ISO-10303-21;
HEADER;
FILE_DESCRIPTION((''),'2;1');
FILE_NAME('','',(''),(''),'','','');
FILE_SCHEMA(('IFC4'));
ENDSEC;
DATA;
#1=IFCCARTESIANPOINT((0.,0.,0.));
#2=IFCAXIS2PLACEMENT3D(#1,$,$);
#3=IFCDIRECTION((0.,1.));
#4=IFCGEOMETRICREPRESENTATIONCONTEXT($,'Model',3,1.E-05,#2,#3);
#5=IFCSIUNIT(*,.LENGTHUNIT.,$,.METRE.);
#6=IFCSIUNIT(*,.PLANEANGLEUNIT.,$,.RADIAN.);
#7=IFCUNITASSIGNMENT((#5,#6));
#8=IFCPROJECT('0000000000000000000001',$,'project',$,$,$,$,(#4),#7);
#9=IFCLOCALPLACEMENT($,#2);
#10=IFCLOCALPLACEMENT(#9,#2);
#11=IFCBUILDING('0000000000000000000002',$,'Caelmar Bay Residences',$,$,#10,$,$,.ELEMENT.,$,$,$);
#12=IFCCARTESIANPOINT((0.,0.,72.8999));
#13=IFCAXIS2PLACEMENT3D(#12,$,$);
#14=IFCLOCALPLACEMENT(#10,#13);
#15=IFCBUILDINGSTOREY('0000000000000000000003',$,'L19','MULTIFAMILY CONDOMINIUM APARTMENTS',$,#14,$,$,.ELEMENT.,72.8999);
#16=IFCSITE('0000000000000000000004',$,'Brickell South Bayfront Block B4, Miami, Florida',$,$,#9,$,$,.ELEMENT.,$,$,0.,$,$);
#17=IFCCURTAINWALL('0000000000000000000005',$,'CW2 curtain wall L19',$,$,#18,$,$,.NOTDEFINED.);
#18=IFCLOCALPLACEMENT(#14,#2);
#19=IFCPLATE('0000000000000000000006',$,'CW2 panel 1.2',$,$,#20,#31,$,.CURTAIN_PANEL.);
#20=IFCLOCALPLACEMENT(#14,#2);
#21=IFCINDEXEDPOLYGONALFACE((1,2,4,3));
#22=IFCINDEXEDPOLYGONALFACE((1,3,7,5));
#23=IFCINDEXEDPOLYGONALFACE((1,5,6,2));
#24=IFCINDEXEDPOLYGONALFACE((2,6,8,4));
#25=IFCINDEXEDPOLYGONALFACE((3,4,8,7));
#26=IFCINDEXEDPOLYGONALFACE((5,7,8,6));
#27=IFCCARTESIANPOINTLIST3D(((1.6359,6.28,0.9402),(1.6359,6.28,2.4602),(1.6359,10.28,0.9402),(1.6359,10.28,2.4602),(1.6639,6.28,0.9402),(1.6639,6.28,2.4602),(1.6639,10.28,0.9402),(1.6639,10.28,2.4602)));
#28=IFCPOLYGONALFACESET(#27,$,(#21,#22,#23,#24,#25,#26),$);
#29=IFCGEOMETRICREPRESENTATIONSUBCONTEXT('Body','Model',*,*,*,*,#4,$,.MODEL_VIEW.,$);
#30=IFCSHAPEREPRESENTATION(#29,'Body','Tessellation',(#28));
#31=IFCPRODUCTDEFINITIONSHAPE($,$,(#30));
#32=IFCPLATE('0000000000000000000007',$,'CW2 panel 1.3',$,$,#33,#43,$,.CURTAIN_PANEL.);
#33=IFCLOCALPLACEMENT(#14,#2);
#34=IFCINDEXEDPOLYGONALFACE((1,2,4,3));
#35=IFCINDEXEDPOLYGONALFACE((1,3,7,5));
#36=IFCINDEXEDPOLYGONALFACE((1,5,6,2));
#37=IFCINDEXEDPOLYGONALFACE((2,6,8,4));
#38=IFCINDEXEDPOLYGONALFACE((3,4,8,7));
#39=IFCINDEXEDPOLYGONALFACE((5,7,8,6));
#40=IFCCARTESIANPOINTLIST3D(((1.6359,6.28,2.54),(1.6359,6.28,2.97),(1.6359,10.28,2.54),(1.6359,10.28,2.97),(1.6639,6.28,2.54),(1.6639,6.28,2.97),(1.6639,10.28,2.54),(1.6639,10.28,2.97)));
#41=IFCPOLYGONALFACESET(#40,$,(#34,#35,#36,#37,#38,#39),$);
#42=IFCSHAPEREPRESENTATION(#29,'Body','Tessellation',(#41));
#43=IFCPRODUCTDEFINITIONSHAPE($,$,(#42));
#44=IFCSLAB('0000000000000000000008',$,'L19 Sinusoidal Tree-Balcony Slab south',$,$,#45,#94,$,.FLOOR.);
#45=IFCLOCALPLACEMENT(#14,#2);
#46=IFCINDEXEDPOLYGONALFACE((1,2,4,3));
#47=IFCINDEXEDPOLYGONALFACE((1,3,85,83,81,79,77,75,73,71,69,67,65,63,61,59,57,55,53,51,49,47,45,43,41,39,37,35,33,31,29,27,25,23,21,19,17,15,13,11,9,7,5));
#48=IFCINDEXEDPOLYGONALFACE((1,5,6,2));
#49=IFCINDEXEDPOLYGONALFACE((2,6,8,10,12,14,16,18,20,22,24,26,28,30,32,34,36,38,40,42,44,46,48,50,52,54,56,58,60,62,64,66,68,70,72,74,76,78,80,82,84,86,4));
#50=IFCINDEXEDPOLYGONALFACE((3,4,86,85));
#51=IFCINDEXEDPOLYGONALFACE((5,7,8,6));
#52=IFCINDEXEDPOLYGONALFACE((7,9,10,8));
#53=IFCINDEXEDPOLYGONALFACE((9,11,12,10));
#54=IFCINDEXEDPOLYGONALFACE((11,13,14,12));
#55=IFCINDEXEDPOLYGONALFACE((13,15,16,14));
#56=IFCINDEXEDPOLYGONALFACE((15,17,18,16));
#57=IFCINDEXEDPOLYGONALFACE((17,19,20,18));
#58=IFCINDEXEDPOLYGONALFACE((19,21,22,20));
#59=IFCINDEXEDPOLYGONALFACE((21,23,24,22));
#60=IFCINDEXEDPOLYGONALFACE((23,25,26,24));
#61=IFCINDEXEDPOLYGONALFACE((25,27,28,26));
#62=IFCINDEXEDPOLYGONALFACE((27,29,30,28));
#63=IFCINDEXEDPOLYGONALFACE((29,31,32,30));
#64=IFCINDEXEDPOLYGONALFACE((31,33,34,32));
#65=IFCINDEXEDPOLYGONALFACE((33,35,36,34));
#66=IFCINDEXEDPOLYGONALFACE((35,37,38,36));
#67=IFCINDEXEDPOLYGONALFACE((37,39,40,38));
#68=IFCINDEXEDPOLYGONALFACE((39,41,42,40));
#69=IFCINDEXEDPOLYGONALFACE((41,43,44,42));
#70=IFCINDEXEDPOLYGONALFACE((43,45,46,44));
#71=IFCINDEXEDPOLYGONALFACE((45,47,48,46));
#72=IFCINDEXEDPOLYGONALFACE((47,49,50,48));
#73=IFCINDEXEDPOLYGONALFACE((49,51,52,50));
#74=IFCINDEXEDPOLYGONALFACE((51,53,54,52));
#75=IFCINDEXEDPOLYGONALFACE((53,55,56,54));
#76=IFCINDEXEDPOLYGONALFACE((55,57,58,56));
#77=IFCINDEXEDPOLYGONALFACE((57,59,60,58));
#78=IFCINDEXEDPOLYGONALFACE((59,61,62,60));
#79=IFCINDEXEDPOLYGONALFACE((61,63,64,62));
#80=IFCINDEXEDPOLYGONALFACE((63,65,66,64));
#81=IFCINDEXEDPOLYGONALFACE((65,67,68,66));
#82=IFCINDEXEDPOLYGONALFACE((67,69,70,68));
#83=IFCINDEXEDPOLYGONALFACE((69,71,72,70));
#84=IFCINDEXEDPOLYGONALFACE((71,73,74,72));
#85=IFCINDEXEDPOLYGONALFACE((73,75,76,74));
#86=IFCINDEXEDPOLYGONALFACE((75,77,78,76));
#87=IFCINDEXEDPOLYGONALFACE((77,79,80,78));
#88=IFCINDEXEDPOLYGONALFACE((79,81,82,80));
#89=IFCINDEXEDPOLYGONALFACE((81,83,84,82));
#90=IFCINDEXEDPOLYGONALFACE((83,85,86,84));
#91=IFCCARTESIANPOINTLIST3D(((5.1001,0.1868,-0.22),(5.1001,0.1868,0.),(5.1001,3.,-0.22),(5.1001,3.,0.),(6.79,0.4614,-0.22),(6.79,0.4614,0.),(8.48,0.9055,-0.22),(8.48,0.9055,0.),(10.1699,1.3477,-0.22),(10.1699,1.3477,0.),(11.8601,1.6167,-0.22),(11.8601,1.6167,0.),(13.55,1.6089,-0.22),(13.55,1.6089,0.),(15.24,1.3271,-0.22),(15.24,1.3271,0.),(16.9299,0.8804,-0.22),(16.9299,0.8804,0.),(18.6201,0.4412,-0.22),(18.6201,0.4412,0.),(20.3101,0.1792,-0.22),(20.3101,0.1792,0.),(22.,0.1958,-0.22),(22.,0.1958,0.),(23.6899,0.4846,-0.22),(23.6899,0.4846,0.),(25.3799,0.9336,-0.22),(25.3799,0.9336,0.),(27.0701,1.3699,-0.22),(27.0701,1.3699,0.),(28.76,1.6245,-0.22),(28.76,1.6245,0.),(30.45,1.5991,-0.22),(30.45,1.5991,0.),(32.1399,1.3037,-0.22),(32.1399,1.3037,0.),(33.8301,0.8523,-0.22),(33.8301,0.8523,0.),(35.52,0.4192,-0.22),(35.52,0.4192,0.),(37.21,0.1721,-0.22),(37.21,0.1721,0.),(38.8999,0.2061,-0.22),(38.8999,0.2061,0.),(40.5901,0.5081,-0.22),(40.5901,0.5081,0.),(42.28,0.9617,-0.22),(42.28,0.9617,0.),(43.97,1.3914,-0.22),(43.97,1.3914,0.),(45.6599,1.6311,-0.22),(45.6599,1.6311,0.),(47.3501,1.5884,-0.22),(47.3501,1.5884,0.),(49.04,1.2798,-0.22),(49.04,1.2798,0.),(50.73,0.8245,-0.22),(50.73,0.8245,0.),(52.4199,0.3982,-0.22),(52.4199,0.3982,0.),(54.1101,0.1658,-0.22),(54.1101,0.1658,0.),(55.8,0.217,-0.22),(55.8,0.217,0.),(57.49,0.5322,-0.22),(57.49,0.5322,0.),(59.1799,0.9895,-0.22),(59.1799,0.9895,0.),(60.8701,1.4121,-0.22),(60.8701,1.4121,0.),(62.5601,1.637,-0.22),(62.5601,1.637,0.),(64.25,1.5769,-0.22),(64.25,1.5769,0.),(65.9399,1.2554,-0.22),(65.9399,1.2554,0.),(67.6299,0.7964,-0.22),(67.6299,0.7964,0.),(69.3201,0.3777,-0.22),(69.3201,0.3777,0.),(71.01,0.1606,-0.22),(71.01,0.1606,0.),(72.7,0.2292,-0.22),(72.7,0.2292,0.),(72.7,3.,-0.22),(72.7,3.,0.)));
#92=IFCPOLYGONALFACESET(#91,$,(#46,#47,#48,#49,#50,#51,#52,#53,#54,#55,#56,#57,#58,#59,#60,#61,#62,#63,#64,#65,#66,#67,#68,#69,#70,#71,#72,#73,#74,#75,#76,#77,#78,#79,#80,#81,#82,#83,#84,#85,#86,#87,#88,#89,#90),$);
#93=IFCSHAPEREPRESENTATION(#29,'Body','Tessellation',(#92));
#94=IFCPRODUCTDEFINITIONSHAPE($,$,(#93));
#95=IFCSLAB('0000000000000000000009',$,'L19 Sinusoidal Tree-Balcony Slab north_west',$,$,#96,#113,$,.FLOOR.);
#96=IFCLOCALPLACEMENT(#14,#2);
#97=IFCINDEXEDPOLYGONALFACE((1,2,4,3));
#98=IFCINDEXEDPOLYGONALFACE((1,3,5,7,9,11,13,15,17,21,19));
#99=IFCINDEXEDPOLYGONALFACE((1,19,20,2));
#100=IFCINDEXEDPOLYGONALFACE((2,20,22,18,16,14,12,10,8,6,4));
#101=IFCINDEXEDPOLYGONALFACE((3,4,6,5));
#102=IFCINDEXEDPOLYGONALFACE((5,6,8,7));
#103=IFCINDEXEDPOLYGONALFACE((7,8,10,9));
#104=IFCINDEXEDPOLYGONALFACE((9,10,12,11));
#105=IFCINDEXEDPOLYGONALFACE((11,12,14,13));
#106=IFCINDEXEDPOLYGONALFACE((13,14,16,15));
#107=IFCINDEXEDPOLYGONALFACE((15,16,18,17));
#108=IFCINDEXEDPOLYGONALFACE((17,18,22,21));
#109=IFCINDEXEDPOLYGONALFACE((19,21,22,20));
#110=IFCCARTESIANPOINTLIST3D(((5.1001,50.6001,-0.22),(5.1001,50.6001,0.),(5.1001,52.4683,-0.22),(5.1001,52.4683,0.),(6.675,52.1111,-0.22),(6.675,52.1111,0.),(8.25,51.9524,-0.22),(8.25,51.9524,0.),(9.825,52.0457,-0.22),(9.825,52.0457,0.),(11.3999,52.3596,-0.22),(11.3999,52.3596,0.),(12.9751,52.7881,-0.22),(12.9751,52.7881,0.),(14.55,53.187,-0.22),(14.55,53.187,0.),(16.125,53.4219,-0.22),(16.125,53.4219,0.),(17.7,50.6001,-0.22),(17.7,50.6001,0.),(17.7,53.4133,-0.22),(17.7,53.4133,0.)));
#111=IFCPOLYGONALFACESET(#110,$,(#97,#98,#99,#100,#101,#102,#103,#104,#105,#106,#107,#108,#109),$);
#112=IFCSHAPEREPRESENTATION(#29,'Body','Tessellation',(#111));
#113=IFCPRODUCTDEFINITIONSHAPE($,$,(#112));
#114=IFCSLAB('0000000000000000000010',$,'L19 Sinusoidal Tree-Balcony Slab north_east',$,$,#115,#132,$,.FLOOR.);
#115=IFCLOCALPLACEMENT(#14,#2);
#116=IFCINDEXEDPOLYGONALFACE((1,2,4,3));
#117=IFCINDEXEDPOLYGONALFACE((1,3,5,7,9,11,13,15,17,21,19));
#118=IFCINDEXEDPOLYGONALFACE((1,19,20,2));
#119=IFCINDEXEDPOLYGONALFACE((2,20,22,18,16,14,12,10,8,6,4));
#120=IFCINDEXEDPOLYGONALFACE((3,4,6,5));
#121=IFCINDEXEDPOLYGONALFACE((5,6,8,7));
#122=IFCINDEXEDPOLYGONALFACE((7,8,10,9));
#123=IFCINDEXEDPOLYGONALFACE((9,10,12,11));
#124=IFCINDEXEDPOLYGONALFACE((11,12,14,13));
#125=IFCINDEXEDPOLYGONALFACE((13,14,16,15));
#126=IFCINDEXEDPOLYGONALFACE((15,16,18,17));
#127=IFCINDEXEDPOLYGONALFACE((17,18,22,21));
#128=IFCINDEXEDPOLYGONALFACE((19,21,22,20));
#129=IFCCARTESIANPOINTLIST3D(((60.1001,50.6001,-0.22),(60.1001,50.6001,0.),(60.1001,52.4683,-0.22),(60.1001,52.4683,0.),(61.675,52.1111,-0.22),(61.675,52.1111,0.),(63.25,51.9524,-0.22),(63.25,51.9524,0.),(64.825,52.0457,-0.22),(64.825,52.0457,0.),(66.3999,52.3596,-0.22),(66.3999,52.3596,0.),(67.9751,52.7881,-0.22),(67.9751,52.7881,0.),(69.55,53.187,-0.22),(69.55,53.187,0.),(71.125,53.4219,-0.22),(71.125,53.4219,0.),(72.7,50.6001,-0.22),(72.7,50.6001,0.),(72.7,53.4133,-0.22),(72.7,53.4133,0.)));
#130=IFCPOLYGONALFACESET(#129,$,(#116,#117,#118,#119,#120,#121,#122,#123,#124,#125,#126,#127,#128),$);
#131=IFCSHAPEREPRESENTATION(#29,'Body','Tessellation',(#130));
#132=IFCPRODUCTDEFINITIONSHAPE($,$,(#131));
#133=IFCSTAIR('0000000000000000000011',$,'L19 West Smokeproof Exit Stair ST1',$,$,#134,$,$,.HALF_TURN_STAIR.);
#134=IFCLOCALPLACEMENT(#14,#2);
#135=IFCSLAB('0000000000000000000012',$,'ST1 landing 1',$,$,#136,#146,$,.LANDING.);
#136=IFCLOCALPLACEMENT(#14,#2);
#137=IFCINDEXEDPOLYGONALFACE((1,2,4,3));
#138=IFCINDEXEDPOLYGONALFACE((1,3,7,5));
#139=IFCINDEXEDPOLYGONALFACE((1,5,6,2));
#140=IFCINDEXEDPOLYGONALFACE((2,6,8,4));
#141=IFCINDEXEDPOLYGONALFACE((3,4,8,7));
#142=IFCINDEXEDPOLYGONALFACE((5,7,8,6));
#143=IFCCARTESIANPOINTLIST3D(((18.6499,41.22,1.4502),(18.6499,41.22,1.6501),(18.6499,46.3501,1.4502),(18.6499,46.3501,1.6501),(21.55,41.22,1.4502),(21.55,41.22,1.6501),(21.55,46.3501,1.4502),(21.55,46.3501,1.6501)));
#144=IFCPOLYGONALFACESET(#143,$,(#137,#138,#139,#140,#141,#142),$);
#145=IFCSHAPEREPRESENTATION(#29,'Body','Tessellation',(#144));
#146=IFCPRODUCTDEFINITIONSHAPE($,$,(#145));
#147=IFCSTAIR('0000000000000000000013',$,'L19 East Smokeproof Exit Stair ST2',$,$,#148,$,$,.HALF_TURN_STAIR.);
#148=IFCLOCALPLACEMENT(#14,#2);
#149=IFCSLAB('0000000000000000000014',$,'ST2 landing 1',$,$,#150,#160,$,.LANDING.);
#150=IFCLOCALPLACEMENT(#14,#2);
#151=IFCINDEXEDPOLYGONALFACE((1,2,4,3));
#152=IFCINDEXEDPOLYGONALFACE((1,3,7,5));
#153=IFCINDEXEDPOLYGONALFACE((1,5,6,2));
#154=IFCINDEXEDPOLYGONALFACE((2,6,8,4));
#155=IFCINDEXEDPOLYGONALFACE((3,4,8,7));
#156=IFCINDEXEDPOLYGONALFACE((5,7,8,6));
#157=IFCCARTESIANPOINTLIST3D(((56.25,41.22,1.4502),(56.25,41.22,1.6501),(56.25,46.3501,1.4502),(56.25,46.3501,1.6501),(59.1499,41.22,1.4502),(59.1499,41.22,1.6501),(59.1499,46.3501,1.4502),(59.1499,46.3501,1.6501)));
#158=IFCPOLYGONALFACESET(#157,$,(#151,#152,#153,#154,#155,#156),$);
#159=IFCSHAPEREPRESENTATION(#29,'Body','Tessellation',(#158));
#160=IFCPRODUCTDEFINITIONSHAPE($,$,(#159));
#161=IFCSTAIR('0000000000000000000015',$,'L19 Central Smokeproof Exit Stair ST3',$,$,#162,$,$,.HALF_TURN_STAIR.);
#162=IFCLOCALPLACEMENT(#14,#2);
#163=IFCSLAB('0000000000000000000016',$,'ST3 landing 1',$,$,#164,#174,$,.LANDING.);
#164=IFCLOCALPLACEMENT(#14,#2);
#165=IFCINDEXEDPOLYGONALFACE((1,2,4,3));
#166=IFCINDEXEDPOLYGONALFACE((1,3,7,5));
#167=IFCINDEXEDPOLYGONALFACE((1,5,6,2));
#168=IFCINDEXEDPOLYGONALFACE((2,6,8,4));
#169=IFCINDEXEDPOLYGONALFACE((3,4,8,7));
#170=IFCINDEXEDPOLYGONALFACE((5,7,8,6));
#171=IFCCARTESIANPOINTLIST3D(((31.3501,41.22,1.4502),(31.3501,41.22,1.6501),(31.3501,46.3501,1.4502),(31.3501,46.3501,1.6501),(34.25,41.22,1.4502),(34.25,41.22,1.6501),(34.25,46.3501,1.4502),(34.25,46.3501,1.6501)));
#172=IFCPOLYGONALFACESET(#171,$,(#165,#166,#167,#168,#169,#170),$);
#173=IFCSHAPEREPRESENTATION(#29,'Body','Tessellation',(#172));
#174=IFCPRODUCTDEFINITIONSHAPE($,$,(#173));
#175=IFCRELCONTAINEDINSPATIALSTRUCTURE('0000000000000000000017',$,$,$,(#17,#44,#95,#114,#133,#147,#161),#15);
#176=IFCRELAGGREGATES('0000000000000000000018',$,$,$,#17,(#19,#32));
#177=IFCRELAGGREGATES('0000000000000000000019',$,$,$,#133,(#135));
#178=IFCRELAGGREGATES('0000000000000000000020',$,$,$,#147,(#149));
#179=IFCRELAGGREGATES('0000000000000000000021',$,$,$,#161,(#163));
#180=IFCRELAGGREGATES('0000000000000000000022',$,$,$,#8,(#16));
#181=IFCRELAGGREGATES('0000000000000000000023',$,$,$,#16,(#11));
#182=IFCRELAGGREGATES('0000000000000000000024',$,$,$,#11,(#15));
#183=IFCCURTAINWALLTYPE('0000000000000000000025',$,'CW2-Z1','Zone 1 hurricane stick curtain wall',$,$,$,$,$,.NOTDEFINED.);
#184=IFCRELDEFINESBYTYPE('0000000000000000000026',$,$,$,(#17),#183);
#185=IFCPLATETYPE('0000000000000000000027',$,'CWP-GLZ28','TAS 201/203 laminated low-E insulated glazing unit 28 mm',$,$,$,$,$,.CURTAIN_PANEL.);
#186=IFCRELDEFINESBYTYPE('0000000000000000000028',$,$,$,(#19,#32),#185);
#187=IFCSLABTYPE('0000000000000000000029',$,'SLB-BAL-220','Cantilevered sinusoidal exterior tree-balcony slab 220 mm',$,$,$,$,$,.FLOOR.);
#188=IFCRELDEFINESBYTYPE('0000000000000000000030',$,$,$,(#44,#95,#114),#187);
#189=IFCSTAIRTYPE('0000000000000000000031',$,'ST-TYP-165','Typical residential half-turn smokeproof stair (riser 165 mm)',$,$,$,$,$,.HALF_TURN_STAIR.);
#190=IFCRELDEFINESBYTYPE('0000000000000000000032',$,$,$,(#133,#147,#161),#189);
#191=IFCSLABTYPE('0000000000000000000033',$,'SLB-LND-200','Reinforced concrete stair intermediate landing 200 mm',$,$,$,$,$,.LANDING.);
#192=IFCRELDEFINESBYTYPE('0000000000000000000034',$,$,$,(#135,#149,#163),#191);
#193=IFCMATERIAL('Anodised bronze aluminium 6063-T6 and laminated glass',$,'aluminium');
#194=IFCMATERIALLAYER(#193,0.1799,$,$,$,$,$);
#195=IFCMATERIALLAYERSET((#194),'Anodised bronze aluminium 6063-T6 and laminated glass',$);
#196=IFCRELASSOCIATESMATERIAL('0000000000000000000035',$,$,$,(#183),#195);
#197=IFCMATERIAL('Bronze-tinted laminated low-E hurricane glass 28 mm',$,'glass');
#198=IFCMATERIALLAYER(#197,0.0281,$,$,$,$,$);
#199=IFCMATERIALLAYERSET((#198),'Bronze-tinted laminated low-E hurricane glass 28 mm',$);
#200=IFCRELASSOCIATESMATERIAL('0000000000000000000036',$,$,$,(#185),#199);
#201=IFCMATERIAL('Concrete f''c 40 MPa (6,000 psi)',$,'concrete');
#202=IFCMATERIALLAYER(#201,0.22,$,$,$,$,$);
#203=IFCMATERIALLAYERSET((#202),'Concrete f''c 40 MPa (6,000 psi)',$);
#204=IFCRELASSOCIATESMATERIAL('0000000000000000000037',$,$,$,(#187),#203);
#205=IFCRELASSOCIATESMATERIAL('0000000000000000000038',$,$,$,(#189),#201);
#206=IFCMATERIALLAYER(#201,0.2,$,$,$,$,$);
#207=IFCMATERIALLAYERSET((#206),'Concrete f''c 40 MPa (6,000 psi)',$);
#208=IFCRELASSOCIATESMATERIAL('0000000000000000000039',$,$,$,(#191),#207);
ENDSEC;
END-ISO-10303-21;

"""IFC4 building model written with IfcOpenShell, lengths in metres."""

from ifc_helpers import new_model, si_unit, direction, frame, origin, origin_2d, place, context, subcontext, project, spatial, polyline, rectangle, outline, extrude, material, layer, layer_set, type_object, element, aggregate, save


model = new_model("IFC4")

# Units and contexts
model_context = context("Model", 3, precision=1e-05, world=origin(), true_north=direction((0.0, 1.0)))
body_context = subcontext(model_context, "Body", "Model", "MODEL_VIEW")
ifc_project = project(units=[si_unit("LENGTHUNIT", "METRE"), si_unit("PLANEANGLEUNIT", "RADIAN")], contexts=[model_context])

# Site, building, storey
site_placement = place(None, origin())
site = spatial("IfcSite", under=ifc_project, at=site_placement, Name="Brickell South Bayfront Block B4, Miami, Florida", CompositionType="ELEMENT", RefElevation=0.0)
building_placement = place(site_placement, origin())
building = spatial("IfcBuilding", under=site, at=building_placement, Name="Caelmar Bay Residences", CompositionType="ELEMENT")
storey_placement = place(building_placement, frame((0.0, 0.0, 72.8999)))
storey = spatial("IfcBuildingStorey", under=building, at=storey_placement, Name="L19", Description="MULTIFAMILY CONDOMINIUM APARTMENTS", CompositionType="ELEMENT", Elevation=72.8999)

# Shared definitions
ifc_material_1 = material(Name="Anodised bronze aluminium 6063-T6 and laminated glass", Category="aluminium")

# Curtain wall
ifc_layer_1 = layer(ifc_material_1, 0.1799)
ifc_layer_set_1 = layer_set([ifc_layer_1], Name="Anodised bronze aluminium 6063-T6 and laminated glass")
curtain_wall_type_1 = type_object("IfcCurtainWallType", Name="CW2-Z1", Description="Zone 1 hurricane stick curtain wall", PredefinedType="NOTDEFINED", material=ifc_layer_set_1)
curtain_wall_1_placement = place(storey_placement, origin())
curtain_wall_1 = element("IfcCurtainWall", 1, at=curtain_wall_1_placement, inside=storey, type_object=curtain_wall_type_1, Name="CW2 curtain wall L19", PredefinedType="NOTDEFINED")

# Plates
ifc_material_2 = material(Name="Bronze-tinted laminated low-E hurricane glass 28 mm", Category="glass")
ifc_layer_2 = layer(ifc_material_2, 0.0281)
ifc_layer_set_2 = layer_set([ifc_layer_2], Name="Bronze-tinted laminated low-E hurricane glass 28 mm")
plate_type = type_object("IfcPlateType", Name="CWP-GLZ28", Description="TAS 201/203 laminated low-E insulated glazing unit 28 mm", PredefinedType="CURTAIN_PANEL", material=ifc_layer_set_2)
plate_1_placement = place(storey_placement, frame((1.6499, 8.28, 0.9402), z_axis=(0.0, 0.0, 1.0), x_axis=(0.0, 1.0, 0.0)))
plate_1 = element("IfcPlate", 2, at=plate_1_placement, type_object=plate_type, Name="CW2 panel 1.2", PredefinedType="CURTAIN_PANEL", context=body_context, shape_type="SweptSolid", body=[
    extrude(rectangle(XDim=4.0, YDim=0.0281, at=origin_2d()), origin(), (0.0, 0.0, 1.0), 1.52),
])
plate_2_placement = place(storey_placement, frame((1.6499, 8.28, 2.54), z_axis=(0.0, 0.0, 1.0), x_axis=(0.0, 1.0, 0.0)))
plate_2 = element("IfcPlate", 3, at=plate_2_placement, type_object=plate_type, Name="CW2 panel 1.3", PredefinedType="CURTAIN_PANEL", context=body_context, shape_type="SweptSolid", body=[
    extrude(rectangle(XDim=4.0, YDim=0.0281, at=origin_2d()), origin(), (0.0, 0.0, 1.0), 0.4299),
])
aggregate(curtain_wall_1, [plate_1, plate_2])

# Slabs
ifc_material_3 = material(Name="Concrete f'c 40 MPa (6,000 psi)", Category="concrete")
ifc_layer_3 = layer(ifc_material_3, 0.22)
ifc_layer_set_3 = layer_set([ifc_layer_3], Name="Concrete f'c 40 MPa (6,000 psi)")
slab_type_1 = type_object("IfcSlabType", Name="SLB-BAL-220", Description="Cantilevered sinusoidal exterior tree-balcony slab 220 mm", PredefinedType="FLOOR", material=ifc_layer_set_3)
slab_1_placement = place(storey_placement, frame((0.0, 0.0, -0.22)))
element("IfcSlab", 4, at=slab_1_placement, inside=storey, type_object=slab_type_1, Name="L19 Sinusoidal Tree-Balcony Slab south", PredefinedType="FLOOR", context=body_context, shape_type="SweptSolid", body=[
    extrude(outline(polyline([(5.1001, 0.1868), (6.79, 0.4614), (8.48, 0.9055), (10.1699, 1.3477), (11.8601, 1.6167), (13.55, 1.6089), (15.24, 1.3271), (16.9299, 0.8804), (18.6201, 0.4412), (20.3101, 0.1792), (22.0, 0.1958), (23.6899, 0.4846), (25.3799, 0.9336), (27.0701, 1.3699), (28.76, 1.6245), (30.45, 1.5991), (32.1399, 1.3037), (33.8301, 0.8523), (35.52, 0.4192), (37.21, 0.1721), (38.8999, 0.2061), (40.5901, 0.5081), (42.28, 0.9617), (43.97, 1.3914), (45.6599, 1.6311), (47.3501, 1.5884), (49.04, 1.2798), (50.73, 0.8245), (52.4199, 0.3982), (54.1101, 0.1658), (55.8, 0.217), (57.49, 0.5322), (59.1799, 0.9895), (60.8701, 1.4121), (62.5601, 1.637), (64.25, 1.5769), (65.9399, 1.2554), (67.6299, 0.7964), (69.3201, 0.3777), (71.01, 0.1606), (72.7, 0.2292), (72.7, 3.0), (5.1001, 3.0), (5.1001, 0.1868)])), origin(), (0.0, 0.0, 1.0), 0.22),
])
slab_2_placement = place(storey_placement, frame((0.0, 0.0, -0.22)))
element("IfcSlab", 5, at=slab_2_placement, inside=storey, type_object=slab_type_1, Name="L19 Sinusoidal Tree-Balcony Slab north_west", PredefinedType="FLOOR", context=body_context, shape_type="SweptSolid", body=[
    extrude(outline(polyline([(5.1001, 50.6001), (17.7, 50.6001), (17.7, 53.4133), (16.125, 53.4219), (14.55, 53.187), (12.9751, 52.7881), (11.3999, 52.3596), (9.825, 52.0457), (8.25, 51.9524), (6.675, 52.1111), (5.1001, 52.4683), (5.1001, 50.6001)])), origin(), (0.0, 0.0, 1.0), 0.22),
])
slab_3_placement = place(storey_placement, frame((0.0, 0.0, -0.22)))
element("IfcSlab", 6, at=slab_3_placement, inside=storey, type_object=slab_type_1, Name="L19 Sinusoidal Tree-Balcony Slab north_east", PredefinedType="FLOOR", context=body_context, shape_type="SweptSolid", body=[
    extrude(outline(polyline([(60.1001, 50.6001), (72.7, 50.6001), (72.7, 53.4133), (71.125, 53.4219), (69.55, 53.187), (67.9751, 52.7881), (66.3999, 52.3596), (64.825, 52.0457), (63.25, 51.9524), (61.675, 52.1111), (60.1001, 52.4683), (60.1001, 50.6001)])), origin(), (0.0, 0.0, 1.0), 0.22),
])

# Stairs, slabs
stair_type = type_object("IfcStairType", Name="ST-TYP-165", Description="Typical residential half-turn smokeproof stair (riser 165 mm)", PredefinedType="HALF_TURN_STAIR", material=ifc_material_3)
stair_1_placement = place(storey_placement, origin())
stair_1 = element("IfcStair", 7, at=stair_1_placement, inside=storey, type_object=stair_type, Name="L19 West Smokeproof Exit Stair ST1", PredefinedType="HALF_TURN_STAIR")
ifc_layer_4 = layer(ifc_material_3, 0.2)
ifc_layer_set_4 = layer_set([ifc_layer_4], Name="Concrete f'c 40 MPa (6,000 psi)")
slab_type_2 = type_object("IfcSlabType", Name="SLB-LND-200", Description="Reinforced concrete stair intermediate landing 200 mm", PredefinedType="LANDING", material=ifc_layer_set_4)
slab_4_placement = place(storey_placement, frame((0.0, 0.0, 1.4502)))
slab_4 = element("IfcSlab", 8, at=slab_4_placement, type_object=slab_type_2, Name="ST1 landing 1", PredefinedType="LANDING", context=body_context, shape_type="SweptSolid", body=[
    extrude(outline(polyline([(21.55, 41.22), (21.55, 46.3501), (18.6499, 46.3501), (18.6499, 41.22), (21.55, 41.22)])), origin(), (0.0, 0.0, 1.0), 0.2),
])
aggregate(stair_1, [slab_4])
stair_2_placement = place(storey_placement, origin())
stair_2 = element("IfcStair", 9, at=stair_2_placement, inside=storey, type_object=stair_type, Name="L19 East Smokeproof Exit Stair ST2", PredefinedType="HALF_TURN_STAIR")
slab_5_placement = place(storey_placement, frame((0.0, 0.0, 1.4502)))
slab_5 = element("IfcSlab", 10, at=slab_5_placement, type_object=slab_type_2, Name="ST2 landing 1", PredefinedType="LANDING", context=body_context, shape_type="SweptSolid", body=[
    extrude(outline(polyline([(59.1499, 41.22), (59.1499, 46.3501), (56.25, 46.3501), (56.25, 41.22), (59.1499, 41.22)])), origin(), (0.0, 0.0, 1.0), 0.2),
])
aggregate(stair_2, [slab_5])
stair_3_placement = place(storey_placement, origin())
stair_3 = element("IfcStair", 11, at=stair_3_placement, inside=storey, type_object=stair_type, Name="L19 Central Smokeproof Exit Stair ST3", PredefinedType="HALF_TURN_STAIR")
slab_6_placement = place(storey_placement, frame((0.0, 0.0, 1.4502)))
slab_6 = element("IfcSlab", 12, at=slab_6_placement, type_object=slab_type_2, Name="ST3 landing 1", PredefinedType="LANDING", context=body_context, shape_type="SweptSolid", body=[
    extrude(outline(polyline([(34.25, 41.22), (34.25, 46.3501), (31.3501, 46.3501), (31.3501, 41.22), (34.25, 41.22)])), origin(), (0.0, 0.0, 1.0), 0.2),
])
aggregate(stair_3, [slab_6])

save(model, "model.ifc")
